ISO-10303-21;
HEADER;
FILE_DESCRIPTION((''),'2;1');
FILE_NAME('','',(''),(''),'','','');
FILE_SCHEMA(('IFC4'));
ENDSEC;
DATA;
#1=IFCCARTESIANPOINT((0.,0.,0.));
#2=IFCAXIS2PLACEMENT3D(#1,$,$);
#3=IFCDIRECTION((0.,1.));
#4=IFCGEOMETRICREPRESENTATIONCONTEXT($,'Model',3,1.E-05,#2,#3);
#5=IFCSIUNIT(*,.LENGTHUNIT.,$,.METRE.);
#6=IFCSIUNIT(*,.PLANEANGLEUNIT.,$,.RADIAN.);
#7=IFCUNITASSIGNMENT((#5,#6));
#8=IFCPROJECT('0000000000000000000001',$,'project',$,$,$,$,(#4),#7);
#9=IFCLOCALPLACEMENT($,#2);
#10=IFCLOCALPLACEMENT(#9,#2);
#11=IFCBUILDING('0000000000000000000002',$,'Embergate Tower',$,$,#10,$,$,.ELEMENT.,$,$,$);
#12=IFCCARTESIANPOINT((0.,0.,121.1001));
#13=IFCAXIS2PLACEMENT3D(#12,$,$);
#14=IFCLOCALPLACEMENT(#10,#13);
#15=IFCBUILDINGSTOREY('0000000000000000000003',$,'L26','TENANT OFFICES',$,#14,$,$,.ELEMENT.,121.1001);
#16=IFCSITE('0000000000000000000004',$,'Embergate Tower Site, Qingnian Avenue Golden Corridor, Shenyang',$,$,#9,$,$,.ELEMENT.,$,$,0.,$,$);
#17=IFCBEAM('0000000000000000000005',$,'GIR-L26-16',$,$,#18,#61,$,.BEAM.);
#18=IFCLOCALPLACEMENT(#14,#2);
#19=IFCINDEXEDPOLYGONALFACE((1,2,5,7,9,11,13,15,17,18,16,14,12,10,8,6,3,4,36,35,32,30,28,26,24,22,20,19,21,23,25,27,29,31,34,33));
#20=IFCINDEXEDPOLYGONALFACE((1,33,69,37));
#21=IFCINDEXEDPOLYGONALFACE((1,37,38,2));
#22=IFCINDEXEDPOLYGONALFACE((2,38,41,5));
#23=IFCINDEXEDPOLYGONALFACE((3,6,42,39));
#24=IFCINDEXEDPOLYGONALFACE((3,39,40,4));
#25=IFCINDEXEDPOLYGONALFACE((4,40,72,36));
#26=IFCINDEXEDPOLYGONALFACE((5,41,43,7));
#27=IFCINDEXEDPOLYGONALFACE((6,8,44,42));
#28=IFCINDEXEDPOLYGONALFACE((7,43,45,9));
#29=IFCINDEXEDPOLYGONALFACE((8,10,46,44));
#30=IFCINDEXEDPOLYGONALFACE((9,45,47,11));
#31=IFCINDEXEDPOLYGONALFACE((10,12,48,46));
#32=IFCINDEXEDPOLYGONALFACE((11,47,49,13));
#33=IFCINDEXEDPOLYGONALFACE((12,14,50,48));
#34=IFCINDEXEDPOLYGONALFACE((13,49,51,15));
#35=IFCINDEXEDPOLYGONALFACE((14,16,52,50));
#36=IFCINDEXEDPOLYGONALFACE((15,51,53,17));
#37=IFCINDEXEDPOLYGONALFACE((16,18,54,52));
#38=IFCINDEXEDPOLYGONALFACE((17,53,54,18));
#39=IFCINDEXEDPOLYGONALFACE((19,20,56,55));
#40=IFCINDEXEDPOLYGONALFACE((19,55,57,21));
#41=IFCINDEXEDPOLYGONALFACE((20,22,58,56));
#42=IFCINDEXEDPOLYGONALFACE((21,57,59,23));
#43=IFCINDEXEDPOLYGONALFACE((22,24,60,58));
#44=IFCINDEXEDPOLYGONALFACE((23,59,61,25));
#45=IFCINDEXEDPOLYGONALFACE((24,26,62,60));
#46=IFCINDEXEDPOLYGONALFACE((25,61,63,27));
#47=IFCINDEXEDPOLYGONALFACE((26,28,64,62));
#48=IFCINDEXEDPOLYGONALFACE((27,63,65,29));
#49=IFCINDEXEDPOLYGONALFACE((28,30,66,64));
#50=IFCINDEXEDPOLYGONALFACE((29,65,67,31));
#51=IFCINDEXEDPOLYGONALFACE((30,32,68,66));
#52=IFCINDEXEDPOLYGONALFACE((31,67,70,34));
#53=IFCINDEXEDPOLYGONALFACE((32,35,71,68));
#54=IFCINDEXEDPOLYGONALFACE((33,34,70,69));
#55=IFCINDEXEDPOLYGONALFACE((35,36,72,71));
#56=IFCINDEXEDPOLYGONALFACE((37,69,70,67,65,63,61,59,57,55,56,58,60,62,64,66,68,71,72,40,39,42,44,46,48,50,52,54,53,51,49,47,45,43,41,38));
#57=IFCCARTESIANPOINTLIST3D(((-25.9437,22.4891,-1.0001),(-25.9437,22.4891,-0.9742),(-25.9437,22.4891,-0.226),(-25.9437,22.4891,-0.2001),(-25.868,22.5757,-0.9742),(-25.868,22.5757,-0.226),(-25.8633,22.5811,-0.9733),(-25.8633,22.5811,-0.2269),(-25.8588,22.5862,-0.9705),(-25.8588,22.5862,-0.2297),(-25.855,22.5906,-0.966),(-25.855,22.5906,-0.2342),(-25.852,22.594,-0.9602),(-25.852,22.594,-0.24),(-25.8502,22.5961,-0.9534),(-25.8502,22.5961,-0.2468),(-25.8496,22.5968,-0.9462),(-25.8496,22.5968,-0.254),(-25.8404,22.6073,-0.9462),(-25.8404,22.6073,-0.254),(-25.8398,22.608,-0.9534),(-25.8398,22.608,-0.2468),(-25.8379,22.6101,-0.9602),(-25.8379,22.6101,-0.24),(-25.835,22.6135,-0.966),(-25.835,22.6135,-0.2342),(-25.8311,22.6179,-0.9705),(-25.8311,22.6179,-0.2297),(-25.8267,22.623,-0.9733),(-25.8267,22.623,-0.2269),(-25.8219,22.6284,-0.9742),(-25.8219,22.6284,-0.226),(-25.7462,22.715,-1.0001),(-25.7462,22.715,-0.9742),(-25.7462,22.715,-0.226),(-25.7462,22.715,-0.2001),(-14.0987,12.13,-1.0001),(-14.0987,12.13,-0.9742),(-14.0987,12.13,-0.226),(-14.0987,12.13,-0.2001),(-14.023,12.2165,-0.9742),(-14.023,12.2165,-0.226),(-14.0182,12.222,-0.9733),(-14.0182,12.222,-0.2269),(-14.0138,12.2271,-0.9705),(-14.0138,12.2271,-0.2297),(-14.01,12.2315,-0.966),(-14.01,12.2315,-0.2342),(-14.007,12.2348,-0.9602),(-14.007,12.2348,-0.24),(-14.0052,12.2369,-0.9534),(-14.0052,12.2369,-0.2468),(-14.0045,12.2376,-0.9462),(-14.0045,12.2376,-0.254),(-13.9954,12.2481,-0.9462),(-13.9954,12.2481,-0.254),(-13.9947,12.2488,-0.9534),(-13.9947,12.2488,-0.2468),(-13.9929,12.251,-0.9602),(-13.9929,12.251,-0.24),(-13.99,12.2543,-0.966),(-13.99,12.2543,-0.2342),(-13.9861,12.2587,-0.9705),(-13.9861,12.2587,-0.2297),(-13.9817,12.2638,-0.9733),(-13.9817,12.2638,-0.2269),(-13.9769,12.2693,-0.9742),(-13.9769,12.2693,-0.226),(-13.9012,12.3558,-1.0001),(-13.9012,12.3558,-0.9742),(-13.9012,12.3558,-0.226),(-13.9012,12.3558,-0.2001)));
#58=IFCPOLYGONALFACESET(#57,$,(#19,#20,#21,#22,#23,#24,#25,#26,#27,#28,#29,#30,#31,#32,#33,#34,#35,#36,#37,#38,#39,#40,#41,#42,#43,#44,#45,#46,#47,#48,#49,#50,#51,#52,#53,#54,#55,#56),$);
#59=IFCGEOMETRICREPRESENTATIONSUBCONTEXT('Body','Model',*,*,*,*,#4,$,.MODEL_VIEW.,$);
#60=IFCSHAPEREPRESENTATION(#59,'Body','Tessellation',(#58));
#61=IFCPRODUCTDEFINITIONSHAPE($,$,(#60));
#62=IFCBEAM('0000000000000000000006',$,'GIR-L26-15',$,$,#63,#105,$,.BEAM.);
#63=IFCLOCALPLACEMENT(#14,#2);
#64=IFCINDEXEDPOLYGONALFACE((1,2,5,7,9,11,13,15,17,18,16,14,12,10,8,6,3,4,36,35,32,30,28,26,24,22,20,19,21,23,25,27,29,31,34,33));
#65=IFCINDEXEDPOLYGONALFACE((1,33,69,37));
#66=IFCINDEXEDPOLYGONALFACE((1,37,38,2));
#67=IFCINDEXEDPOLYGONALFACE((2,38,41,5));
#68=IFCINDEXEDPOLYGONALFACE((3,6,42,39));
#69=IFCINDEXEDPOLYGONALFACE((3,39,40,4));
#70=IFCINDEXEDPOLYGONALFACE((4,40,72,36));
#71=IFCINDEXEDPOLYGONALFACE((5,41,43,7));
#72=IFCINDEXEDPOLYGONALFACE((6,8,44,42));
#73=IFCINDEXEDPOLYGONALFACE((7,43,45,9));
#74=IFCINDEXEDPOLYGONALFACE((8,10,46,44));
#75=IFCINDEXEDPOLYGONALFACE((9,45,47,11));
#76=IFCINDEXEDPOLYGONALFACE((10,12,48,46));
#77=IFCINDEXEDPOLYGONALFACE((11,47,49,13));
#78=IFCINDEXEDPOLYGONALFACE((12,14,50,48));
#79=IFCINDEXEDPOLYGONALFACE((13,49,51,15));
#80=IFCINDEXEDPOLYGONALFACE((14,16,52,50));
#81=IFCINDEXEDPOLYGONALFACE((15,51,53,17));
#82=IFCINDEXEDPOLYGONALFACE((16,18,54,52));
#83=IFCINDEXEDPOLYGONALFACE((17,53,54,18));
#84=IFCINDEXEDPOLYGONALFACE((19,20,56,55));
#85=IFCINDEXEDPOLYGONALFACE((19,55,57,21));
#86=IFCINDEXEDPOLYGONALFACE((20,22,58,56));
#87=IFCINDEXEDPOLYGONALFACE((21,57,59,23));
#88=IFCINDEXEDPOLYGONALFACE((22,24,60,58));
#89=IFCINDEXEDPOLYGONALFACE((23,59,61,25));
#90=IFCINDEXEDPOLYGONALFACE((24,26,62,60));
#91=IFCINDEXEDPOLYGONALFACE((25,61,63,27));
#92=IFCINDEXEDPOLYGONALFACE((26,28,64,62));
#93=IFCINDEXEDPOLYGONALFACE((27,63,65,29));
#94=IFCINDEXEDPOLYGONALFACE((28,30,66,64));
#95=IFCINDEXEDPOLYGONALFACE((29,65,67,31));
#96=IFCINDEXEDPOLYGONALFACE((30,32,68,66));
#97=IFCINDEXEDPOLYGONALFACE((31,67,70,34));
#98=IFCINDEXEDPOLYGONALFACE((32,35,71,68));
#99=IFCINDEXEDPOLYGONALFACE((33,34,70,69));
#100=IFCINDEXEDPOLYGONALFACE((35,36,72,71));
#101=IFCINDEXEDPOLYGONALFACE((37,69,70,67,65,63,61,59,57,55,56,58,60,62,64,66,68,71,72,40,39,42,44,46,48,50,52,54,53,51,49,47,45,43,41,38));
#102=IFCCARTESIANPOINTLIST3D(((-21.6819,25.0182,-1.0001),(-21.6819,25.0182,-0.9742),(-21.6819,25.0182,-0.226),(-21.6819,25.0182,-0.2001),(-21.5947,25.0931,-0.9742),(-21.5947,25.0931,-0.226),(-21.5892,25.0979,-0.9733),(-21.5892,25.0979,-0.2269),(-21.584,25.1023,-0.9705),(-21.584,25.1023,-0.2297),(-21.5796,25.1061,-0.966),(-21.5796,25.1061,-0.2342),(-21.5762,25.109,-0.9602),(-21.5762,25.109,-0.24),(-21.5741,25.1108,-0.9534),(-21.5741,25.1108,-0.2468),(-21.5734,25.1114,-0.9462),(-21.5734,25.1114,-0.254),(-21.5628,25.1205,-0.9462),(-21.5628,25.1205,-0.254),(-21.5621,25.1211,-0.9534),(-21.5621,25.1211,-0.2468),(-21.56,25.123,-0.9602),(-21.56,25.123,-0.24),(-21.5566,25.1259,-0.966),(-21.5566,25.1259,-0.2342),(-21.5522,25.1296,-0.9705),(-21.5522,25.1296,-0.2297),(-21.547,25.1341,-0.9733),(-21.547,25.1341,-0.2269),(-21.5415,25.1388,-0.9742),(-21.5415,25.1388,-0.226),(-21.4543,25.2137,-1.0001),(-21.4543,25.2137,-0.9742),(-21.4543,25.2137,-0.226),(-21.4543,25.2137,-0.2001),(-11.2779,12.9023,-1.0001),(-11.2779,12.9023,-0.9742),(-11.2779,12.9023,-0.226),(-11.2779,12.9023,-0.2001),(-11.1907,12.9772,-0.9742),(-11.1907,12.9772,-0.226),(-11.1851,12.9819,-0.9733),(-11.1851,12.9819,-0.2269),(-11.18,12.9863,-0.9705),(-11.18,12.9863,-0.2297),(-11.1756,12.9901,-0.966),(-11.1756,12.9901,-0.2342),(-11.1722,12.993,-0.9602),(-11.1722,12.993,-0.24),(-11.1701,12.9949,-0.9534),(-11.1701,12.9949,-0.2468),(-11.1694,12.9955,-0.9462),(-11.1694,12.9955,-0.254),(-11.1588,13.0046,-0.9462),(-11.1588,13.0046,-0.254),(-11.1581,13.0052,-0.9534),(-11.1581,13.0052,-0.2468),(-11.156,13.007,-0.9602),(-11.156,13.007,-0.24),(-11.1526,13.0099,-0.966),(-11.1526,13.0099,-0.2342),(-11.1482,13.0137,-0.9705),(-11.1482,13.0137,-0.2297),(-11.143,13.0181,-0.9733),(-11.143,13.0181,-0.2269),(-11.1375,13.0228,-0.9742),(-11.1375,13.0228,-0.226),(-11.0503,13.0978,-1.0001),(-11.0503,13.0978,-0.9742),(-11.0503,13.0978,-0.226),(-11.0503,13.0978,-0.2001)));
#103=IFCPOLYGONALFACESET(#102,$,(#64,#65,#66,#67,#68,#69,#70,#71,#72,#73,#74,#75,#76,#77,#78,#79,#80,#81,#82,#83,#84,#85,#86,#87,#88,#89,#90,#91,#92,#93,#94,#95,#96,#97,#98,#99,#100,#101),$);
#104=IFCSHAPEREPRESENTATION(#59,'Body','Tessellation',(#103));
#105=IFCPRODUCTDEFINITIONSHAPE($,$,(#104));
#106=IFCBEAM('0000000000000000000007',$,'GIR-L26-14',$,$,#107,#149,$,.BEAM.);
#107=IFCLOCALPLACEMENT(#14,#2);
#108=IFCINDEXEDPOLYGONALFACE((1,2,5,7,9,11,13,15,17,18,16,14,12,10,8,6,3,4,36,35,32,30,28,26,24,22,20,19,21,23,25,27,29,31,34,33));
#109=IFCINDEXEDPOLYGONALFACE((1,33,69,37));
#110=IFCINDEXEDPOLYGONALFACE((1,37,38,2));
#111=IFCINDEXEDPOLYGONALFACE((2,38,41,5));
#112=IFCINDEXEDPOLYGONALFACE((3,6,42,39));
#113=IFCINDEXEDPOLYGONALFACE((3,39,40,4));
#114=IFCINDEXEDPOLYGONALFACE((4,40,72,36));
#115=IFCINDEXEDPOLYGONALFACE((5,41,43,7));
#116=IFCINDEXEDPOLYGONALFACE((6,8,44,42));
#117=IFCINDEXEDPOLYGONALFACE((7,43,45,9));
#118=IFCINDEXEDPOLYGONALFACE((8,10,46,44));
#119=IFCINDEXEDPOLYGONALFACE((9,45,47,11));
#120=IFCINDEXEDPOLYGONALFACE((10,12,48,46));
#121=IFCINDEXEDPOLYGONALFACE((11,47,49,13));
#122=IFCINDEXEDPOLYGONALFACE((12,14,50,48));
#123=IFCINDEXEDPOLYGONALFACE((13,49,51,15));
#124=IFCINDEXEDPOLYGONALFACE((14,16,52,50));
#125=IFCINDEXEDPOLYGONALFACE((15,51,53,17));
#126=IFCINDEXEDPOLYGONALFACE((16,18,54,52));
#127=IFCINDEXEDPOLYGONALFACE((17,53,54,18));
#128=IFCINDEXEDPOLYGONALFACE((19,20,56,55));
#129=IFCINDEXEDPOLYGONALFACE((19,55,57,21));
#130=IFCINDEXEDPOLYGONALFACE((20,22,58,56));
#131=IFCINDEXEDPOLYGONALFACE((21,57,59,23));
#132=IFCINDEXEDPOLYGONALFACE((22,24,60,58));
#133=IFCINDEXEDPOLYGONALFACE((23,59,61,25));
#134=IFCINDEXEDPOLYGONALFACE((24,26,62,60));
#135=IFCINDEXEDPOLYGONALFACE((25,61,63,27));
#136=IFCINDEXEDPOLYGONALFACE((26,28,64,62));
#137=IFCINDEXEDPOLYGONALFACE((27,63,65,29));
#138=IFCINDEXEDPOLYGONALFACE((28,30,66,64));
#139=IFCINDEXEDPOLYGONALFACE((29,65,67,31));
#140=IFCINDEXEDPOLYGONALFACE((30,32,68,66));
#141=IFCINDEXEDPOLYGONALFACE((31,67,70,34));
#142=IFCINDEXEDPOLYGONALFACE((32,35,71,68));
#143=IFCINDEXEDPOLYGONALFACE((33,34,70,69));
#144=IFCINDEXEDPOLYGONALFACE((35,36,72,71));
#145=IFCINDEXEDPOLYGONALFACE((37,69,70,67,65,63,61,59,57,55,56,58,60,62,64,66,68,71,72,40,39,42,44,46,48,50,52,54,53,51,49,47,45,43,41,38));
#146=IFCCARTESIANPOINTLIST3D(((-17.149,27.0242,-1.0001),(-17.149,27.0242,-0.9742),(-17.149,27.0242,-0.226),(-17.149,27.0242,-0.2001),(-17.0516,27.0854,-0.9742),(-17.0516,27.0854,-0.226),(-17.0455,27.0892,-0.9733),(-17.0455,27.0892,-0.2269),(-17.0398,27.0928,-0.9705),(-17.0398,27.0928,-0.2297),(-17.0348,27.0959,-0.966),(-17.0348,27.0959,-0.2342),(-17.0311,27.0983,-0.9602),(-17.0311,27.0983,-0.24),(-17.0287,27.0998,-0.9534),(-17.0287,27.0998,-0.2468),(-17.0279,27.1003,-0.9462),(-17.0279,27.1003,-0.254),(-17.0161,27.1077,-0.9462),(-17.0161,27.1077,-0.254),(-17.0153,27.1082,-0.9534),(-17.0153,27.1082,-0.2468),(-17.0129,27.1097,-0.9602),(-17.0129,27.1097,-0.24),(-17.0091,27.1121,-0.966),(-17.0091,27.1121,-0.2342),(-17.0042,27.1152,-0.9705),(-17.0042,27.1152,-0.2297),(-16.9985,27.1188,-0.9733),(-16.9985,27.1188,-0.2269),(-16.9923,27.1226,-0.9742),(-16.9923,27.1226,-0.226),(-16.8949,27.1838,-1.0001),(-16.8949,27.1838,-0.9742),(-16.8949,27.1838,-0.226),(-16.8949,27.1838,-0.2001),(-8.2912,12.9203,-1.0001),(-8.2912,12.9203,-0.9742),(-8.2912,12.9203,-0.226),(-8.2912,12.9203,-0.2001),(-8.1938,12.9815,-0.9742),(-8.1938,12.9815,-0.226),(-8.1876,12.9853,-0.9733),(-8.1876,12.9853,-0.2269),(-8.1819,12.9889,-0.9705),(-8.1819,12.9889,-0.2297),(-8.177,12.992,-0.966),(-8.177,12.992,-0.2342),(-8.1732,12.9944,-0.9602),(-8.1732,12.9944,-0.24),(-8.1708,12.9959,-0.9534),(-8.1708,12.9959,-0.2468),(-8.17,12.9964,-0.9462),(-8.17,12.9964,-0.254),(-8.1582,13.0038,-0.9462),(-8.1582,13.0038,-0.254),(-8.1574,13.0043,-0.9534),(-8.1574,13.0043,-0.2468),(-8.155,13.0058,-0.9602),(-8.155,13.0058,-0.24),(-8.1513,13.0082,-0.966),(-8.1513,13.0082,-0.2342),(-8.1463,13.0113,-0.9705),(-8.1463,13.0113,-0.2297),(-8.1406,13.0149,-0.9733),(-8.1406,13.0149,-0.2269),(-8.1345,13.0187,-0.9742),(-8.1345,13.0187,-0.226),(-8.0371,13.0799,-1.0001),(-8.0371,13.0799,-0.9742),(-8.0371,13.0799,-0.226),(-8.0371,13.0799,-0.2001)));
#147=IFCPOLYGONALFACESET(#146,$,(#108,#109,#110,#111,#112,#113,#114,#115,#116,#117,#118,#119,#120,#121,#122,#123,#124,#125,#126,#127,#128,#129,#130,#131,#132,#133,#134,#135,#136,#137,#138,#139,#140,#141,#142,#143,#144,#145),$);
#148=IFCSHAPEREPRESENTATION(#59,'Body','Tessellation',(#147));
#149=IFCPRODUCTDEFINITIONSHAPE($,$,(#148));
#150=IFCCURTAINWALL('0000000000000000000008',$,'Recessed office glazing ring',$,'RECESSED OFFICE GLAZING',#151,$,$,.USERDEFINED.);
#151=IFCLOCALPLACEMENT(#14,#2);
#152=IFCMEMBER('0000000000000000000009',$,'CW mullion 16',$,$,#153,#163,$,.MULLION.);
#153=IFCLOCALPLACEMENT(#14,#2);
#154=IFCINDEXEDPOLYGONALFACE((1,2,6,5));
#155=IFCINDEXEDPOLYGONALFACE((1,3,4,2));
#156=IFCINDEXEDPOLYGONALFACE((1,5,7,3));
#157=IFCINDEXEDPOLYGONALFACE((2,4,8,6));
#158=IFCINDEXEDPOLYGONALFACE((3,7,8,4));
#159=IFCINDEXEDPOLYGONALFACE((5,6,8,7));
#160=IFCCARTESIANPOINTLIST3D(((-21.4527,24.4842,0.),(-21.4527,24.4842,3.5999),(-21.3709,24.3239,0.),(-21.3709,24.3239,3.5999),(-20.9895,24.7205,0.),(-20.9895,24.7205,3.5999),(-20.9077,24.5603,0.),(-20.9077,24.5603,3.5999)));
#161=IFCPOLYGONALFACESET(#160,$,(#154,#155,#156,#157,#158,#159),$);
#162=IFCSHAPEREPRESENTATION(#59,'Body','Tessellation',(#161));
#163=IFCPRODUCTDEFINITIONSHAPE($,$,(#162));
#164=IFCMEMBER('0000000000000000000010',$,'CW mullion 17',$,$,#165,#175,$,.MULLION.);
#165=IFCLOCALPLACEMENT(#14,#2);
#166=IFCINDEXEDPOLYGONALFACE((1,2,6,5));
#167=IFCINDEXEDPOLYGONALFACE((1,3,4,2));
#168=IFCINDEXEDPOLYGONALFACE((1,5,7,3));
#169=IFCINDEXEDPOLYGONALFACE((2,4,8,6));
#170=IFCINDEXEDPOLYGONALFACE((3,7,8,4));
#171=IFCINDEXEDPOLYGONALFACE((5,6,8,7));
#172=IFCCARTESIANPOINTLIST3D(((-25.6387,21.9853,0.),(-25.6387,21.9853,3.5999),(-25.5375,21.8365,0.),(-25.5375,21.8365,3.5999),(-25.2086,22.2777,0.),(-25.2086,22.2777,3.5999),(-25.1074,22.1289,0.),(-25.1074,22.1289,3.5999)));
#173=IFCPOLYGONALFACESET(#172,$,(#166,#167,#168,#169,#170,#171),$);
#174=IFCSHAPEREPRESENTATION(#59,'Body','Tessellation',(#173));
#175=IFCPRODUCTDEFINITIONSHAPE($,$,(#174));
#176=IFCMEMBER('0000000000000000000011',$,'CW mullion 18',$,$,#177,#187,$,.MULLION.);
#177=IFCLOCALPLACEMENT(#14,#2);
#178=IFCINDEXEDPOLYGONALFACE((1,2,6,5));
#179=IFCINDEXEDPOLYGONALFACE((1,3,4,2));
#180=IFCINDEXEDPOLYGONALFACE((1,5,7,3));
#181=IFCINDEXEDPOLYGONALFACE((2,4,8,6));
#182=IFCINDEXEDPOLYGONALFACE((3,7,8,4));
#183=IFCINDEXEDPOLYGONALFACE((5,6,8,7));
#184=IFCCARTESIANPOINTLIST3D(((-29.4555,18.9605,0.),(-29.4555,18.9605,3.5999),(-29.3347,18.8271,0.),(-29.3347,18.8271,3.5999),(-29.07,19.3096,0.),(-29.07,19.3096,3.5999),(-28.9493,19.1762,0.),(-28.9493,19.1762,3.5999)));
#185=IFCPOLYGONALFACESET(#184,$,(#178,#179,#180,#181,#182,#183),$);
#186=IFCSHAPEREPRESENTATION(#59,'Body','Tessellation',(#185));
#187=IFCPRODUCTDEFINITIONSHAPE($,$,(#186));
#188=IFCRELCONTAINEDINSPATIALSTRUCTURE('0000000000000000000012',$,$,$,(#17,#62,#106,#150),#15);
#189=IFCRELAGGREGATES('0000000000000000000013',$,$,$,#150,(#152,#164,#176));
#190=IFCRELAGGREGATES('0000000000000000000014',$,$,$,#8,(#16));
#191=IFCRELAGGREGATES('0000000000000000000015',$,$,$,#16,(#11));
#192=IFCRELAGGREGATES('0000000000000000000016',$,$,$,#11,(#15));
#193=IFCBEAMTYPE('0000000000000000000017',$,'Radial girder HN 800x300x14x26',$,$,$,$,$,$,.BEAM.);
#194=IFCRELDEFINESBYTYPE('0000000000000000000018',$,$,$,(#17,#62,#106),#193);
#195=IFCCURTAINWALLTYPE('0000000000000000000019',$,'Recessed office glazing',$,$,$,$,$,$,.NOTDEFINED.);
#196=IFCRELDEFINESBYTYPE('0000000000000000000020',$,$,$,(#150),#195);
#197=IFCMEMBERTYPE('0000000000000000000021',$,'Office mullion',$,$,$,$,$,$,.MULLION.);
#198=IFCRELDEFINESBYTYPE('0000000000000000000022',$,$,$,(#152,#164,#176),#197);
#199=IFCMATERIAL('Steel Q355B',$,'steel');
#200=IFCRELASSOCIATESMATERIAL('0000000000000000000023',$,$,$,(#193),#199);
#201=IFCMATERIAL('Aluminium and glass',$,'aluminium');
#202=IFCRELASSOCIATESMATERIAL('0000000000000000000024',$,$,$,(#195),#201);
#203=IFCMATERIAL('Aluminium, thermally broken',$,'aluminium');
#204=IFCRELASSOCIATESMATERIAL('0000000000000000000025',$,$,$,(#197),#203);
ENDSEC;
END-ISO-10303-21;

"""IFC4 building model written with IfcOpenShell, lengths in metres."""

from ifc_helpers import new_model, si_unit, direction, frame, origin, origin_2d, place, context, subcontext, project, spatial, rectangle, i_section, extrude, source, transform, mapped, material, material_profile, profile_set, type_object, element, aggregate, save


model = new_model("IFC4")

# Units and contexts
model_context = context("Model", 3, precision=1e-05, world=origin(), true_north=direction((0.0, 1.0)))
body_context = subcontext(model_context, "Body", "Model", "MODEL_VIEW")
ifc_project = project(units=[si_unit("LENGTHUNIT", "METRE"), si_unit("PLANEANGLEUNIT", "RADIAN")], contexts=[model_context])

# Site, building, storey
site_placement = place(None, origin())
site = spatial("IfcSite", under=ifc_project, at=site_placement, Name="Embergate Tower Site, Qingnian Avenue Golden Corridor, Shenyang", CompositionType="ELEMENT", RefElevation=0.0)
building_placement = place(site_placement, origin())
building = spatial("IfcBuilding", under=site, at=building_placement, Name="Embergate Tower", CompositionType="ELEMENT")
storey_placement = place(building_placement, frame((0.0, 0.0, 121.1001)))
storey = spatial("IfcBuildingStorey", under=building, at=storey_placement, Name="L26", Description="TENANT OFFICES", CompositionType="ELEMENT", Elevation=121.1001)

# Beams
ifc_material_1 = material(Name="Steel Q355B", Category="steel")
ifc_material_profile_1 = material_profile(ifc_material_1, i_section(OverallWidth=0.3, OverallDepth=0.8, WebThickness=0.0139, FlangeThickness=0.0259, FilletRadius=0.0281, at=origin_2d()), Name="HN 800x300x14x26")
ifc_profile_set_1 = profile_set([ifc_material_profile_1], Name="Steel Q355 grade B")
beam_type_1 = type_object("IfcBeamType", Name="Radial girder HN 800x300x14x26", PredefinedType="BEAM", material=ifc_profile_set_1)
shared_shape_1 = source(origin(), body_context, "Body", "SweptSolid", [
    extrude(i_section(OverallWidth=0.3, OverallDepth=0.8, WebThickness=0.0139, FlangeThickness=0.0259, FilletRadius=0.0281, at=origin_2d()), origin(), (0.0, 0.0, 1.0), 15.7358),
])
beam_1_placement = place(storey_placement, frame((-25.845, 22.6021, -0.6001), z_axis=(0.752741, -0.658317, 0.0), x_axis=(0.658317, 0.752741, 0.0)))
element("IfcBeam", 1, at=beam_1_placement, inside=storey, type_object=beam_type_1, Name="GIR-L26-16", PredefinedType="BEAM", context=body_context, shape_type="MappedRepresentation", body=[
    mapped(shared_shape_1, transform((0.0, 0.0, 0.0))),
])
shared_shape_2 = source(origin(), body_context, "Body", "SweptSolid", [
    extrude(i_section(OverallWidth=0.3, OverallDepth=0.8, WebThickness=0.0139, FlangeThickness=0.0259, FilletRadius=0.0281, at=origin_2d()), origin(), (0.0, 0.0, 1.0), 15.97),
])
beam_2_placement = place(storey_placement, frame((-21.5681, 25.116, -0.6001), z_axis=(0.651475, -0.75867, 0.0), x_axis=(0.75867, 0.651475, 0.0)))
element("IfcBeam", 2, at=beam_2_placement, inside=storey, type_object=beam_type_1, Name="GIR-L26-15", PredefinedType="BEAM", context=body_context, shape_type="MappedRepresentation", body=[
    mapped(shared_shape_2, transform((0.0, 0.0, 0.0))),
])
shared_shape_3 = source(origin(), body_context, "Body", "SweptSolid", [
    extrude(i_section(OverallWidth=0.3, OverallDepth=0.8, WebThickness=0.0139, FlangeThickness=0.0259, FilletRadius=0.0281, at=origin_2d()), origin(), (0.0, 0.0, 1.0), 16.6548),
])
beam_3_placement = place(storey_placement, frame((-17.022, 27.104, -0.6001), z_axis=(0.53185, -0.846838, 0.0), x_axis=(0.846838, 0.53185, 0.0)))
element("IfcBeam", 3, at=beam_3_placement, inside=storey, type_object=beam_type_1, Name="GIR-L26-14", PredefinedType="BEAM", context=body_context, shape_type="MappedRepresentation", body=[
    mapped(shared_shape_3, transform((0.0, 0.0, 0.0))),
])

# Curtain wall, members
ifc_material_2 = material(Name="Aluminium and glass", Category="aluminium")
curtain_wall_type = type_object("IfcCurtainWallType", Name="Recessed office glazing", PredefinedType="NOTDEFINED", material=ifc_material_2)
curtain_wall_placement = place(storey_placement, origin())
curtain_wall = element("IfcCurtainWall", 4, at=curtain_wall_placement, inside=storey, type_object=curtain_wall_type, Name="Recessed office glazing ring", ObjectType="RECESSED OFFICE GLAZING", PredefinedType="USERDEFINED")
ifc_material_3 = material(Name="Aluminium, thermally broken", Category="aluminium")
ifc_material_profile_2 = material_profile(ifc_material_3, rectangle(XDim=0.1799, YDim=0.52, at=origin_2d()), Name="AL 520x180")
ifc_profile_set_2 = profile_set([ifc_material_profile_2], Name="Aluminium, thermally broken")
member_type_1 = type_object("IfcMemberType", Name="Office mullion", PredefinedType="MULLION", material=ifc_profile_set_2)
shared_shape_4 = source(origin(), body_context, "Body", "SweptSolid", [
    extrude(rectangle(XDim=0.1799, YDim=0.52, at=origin_2d()), origin(), (0.0, 0.0, 1.0), 3.5999),
])
member_1_placement = place(storey_placement, frame((-21.1802, 24.5222, 0.0), z_axis=(0.0, 0.0, 1.0), x_axis=(0.454511, -0.890741, 0.0)))
member_1 = element("IfcMember", 5, at=member_1_placement, type_object=member_type_1, Name="CW mullion 16", PredefinedType="MULLION", context=body_context, shape_type="MappedRepresentation", body=[
    mapped(shared_shape_4, transform((0.0, 0.0, 0.0))),
])
member_2_placement = place(storey_placement, frame((-25.373, 22.0571, 0.0), z_axis=(0.0, 0.0, 1.0), x_axis=(0.562218, -0.826989, 0.0)))
member_2 = element("IfcMember", 6, at=member_2_placement, type_object=member_type_1, Name="CW mullion 17", PredefinedType="MULLION", context=body_context, shape_type="MappedRepresentation", body=[
    mapped(shared_shape_4, transform((0.0, 0.0, 0.0))),
])
member_3_placement = place(storey_placement, frame((-29.2024, 19.0684, 0.0), z_axis=(0.0, 0.0, 1.0), x_axis=(0.671228, -0.741251, 0.0)))
member_3 = element("IfcMember", 7, at=member_3_placement, type_object=member_type_1, Name="CW mullion 18", PredefinedType="MULLION", context=body_context, shape_type="MappedRepresentation", body=[
    mapped(shared_shape_4, transform((0.0, 0.0, 0.0))),
])
aggregate(curtain_wall, [member_1, member_2, member_3])

save(model, "model.ifc")
